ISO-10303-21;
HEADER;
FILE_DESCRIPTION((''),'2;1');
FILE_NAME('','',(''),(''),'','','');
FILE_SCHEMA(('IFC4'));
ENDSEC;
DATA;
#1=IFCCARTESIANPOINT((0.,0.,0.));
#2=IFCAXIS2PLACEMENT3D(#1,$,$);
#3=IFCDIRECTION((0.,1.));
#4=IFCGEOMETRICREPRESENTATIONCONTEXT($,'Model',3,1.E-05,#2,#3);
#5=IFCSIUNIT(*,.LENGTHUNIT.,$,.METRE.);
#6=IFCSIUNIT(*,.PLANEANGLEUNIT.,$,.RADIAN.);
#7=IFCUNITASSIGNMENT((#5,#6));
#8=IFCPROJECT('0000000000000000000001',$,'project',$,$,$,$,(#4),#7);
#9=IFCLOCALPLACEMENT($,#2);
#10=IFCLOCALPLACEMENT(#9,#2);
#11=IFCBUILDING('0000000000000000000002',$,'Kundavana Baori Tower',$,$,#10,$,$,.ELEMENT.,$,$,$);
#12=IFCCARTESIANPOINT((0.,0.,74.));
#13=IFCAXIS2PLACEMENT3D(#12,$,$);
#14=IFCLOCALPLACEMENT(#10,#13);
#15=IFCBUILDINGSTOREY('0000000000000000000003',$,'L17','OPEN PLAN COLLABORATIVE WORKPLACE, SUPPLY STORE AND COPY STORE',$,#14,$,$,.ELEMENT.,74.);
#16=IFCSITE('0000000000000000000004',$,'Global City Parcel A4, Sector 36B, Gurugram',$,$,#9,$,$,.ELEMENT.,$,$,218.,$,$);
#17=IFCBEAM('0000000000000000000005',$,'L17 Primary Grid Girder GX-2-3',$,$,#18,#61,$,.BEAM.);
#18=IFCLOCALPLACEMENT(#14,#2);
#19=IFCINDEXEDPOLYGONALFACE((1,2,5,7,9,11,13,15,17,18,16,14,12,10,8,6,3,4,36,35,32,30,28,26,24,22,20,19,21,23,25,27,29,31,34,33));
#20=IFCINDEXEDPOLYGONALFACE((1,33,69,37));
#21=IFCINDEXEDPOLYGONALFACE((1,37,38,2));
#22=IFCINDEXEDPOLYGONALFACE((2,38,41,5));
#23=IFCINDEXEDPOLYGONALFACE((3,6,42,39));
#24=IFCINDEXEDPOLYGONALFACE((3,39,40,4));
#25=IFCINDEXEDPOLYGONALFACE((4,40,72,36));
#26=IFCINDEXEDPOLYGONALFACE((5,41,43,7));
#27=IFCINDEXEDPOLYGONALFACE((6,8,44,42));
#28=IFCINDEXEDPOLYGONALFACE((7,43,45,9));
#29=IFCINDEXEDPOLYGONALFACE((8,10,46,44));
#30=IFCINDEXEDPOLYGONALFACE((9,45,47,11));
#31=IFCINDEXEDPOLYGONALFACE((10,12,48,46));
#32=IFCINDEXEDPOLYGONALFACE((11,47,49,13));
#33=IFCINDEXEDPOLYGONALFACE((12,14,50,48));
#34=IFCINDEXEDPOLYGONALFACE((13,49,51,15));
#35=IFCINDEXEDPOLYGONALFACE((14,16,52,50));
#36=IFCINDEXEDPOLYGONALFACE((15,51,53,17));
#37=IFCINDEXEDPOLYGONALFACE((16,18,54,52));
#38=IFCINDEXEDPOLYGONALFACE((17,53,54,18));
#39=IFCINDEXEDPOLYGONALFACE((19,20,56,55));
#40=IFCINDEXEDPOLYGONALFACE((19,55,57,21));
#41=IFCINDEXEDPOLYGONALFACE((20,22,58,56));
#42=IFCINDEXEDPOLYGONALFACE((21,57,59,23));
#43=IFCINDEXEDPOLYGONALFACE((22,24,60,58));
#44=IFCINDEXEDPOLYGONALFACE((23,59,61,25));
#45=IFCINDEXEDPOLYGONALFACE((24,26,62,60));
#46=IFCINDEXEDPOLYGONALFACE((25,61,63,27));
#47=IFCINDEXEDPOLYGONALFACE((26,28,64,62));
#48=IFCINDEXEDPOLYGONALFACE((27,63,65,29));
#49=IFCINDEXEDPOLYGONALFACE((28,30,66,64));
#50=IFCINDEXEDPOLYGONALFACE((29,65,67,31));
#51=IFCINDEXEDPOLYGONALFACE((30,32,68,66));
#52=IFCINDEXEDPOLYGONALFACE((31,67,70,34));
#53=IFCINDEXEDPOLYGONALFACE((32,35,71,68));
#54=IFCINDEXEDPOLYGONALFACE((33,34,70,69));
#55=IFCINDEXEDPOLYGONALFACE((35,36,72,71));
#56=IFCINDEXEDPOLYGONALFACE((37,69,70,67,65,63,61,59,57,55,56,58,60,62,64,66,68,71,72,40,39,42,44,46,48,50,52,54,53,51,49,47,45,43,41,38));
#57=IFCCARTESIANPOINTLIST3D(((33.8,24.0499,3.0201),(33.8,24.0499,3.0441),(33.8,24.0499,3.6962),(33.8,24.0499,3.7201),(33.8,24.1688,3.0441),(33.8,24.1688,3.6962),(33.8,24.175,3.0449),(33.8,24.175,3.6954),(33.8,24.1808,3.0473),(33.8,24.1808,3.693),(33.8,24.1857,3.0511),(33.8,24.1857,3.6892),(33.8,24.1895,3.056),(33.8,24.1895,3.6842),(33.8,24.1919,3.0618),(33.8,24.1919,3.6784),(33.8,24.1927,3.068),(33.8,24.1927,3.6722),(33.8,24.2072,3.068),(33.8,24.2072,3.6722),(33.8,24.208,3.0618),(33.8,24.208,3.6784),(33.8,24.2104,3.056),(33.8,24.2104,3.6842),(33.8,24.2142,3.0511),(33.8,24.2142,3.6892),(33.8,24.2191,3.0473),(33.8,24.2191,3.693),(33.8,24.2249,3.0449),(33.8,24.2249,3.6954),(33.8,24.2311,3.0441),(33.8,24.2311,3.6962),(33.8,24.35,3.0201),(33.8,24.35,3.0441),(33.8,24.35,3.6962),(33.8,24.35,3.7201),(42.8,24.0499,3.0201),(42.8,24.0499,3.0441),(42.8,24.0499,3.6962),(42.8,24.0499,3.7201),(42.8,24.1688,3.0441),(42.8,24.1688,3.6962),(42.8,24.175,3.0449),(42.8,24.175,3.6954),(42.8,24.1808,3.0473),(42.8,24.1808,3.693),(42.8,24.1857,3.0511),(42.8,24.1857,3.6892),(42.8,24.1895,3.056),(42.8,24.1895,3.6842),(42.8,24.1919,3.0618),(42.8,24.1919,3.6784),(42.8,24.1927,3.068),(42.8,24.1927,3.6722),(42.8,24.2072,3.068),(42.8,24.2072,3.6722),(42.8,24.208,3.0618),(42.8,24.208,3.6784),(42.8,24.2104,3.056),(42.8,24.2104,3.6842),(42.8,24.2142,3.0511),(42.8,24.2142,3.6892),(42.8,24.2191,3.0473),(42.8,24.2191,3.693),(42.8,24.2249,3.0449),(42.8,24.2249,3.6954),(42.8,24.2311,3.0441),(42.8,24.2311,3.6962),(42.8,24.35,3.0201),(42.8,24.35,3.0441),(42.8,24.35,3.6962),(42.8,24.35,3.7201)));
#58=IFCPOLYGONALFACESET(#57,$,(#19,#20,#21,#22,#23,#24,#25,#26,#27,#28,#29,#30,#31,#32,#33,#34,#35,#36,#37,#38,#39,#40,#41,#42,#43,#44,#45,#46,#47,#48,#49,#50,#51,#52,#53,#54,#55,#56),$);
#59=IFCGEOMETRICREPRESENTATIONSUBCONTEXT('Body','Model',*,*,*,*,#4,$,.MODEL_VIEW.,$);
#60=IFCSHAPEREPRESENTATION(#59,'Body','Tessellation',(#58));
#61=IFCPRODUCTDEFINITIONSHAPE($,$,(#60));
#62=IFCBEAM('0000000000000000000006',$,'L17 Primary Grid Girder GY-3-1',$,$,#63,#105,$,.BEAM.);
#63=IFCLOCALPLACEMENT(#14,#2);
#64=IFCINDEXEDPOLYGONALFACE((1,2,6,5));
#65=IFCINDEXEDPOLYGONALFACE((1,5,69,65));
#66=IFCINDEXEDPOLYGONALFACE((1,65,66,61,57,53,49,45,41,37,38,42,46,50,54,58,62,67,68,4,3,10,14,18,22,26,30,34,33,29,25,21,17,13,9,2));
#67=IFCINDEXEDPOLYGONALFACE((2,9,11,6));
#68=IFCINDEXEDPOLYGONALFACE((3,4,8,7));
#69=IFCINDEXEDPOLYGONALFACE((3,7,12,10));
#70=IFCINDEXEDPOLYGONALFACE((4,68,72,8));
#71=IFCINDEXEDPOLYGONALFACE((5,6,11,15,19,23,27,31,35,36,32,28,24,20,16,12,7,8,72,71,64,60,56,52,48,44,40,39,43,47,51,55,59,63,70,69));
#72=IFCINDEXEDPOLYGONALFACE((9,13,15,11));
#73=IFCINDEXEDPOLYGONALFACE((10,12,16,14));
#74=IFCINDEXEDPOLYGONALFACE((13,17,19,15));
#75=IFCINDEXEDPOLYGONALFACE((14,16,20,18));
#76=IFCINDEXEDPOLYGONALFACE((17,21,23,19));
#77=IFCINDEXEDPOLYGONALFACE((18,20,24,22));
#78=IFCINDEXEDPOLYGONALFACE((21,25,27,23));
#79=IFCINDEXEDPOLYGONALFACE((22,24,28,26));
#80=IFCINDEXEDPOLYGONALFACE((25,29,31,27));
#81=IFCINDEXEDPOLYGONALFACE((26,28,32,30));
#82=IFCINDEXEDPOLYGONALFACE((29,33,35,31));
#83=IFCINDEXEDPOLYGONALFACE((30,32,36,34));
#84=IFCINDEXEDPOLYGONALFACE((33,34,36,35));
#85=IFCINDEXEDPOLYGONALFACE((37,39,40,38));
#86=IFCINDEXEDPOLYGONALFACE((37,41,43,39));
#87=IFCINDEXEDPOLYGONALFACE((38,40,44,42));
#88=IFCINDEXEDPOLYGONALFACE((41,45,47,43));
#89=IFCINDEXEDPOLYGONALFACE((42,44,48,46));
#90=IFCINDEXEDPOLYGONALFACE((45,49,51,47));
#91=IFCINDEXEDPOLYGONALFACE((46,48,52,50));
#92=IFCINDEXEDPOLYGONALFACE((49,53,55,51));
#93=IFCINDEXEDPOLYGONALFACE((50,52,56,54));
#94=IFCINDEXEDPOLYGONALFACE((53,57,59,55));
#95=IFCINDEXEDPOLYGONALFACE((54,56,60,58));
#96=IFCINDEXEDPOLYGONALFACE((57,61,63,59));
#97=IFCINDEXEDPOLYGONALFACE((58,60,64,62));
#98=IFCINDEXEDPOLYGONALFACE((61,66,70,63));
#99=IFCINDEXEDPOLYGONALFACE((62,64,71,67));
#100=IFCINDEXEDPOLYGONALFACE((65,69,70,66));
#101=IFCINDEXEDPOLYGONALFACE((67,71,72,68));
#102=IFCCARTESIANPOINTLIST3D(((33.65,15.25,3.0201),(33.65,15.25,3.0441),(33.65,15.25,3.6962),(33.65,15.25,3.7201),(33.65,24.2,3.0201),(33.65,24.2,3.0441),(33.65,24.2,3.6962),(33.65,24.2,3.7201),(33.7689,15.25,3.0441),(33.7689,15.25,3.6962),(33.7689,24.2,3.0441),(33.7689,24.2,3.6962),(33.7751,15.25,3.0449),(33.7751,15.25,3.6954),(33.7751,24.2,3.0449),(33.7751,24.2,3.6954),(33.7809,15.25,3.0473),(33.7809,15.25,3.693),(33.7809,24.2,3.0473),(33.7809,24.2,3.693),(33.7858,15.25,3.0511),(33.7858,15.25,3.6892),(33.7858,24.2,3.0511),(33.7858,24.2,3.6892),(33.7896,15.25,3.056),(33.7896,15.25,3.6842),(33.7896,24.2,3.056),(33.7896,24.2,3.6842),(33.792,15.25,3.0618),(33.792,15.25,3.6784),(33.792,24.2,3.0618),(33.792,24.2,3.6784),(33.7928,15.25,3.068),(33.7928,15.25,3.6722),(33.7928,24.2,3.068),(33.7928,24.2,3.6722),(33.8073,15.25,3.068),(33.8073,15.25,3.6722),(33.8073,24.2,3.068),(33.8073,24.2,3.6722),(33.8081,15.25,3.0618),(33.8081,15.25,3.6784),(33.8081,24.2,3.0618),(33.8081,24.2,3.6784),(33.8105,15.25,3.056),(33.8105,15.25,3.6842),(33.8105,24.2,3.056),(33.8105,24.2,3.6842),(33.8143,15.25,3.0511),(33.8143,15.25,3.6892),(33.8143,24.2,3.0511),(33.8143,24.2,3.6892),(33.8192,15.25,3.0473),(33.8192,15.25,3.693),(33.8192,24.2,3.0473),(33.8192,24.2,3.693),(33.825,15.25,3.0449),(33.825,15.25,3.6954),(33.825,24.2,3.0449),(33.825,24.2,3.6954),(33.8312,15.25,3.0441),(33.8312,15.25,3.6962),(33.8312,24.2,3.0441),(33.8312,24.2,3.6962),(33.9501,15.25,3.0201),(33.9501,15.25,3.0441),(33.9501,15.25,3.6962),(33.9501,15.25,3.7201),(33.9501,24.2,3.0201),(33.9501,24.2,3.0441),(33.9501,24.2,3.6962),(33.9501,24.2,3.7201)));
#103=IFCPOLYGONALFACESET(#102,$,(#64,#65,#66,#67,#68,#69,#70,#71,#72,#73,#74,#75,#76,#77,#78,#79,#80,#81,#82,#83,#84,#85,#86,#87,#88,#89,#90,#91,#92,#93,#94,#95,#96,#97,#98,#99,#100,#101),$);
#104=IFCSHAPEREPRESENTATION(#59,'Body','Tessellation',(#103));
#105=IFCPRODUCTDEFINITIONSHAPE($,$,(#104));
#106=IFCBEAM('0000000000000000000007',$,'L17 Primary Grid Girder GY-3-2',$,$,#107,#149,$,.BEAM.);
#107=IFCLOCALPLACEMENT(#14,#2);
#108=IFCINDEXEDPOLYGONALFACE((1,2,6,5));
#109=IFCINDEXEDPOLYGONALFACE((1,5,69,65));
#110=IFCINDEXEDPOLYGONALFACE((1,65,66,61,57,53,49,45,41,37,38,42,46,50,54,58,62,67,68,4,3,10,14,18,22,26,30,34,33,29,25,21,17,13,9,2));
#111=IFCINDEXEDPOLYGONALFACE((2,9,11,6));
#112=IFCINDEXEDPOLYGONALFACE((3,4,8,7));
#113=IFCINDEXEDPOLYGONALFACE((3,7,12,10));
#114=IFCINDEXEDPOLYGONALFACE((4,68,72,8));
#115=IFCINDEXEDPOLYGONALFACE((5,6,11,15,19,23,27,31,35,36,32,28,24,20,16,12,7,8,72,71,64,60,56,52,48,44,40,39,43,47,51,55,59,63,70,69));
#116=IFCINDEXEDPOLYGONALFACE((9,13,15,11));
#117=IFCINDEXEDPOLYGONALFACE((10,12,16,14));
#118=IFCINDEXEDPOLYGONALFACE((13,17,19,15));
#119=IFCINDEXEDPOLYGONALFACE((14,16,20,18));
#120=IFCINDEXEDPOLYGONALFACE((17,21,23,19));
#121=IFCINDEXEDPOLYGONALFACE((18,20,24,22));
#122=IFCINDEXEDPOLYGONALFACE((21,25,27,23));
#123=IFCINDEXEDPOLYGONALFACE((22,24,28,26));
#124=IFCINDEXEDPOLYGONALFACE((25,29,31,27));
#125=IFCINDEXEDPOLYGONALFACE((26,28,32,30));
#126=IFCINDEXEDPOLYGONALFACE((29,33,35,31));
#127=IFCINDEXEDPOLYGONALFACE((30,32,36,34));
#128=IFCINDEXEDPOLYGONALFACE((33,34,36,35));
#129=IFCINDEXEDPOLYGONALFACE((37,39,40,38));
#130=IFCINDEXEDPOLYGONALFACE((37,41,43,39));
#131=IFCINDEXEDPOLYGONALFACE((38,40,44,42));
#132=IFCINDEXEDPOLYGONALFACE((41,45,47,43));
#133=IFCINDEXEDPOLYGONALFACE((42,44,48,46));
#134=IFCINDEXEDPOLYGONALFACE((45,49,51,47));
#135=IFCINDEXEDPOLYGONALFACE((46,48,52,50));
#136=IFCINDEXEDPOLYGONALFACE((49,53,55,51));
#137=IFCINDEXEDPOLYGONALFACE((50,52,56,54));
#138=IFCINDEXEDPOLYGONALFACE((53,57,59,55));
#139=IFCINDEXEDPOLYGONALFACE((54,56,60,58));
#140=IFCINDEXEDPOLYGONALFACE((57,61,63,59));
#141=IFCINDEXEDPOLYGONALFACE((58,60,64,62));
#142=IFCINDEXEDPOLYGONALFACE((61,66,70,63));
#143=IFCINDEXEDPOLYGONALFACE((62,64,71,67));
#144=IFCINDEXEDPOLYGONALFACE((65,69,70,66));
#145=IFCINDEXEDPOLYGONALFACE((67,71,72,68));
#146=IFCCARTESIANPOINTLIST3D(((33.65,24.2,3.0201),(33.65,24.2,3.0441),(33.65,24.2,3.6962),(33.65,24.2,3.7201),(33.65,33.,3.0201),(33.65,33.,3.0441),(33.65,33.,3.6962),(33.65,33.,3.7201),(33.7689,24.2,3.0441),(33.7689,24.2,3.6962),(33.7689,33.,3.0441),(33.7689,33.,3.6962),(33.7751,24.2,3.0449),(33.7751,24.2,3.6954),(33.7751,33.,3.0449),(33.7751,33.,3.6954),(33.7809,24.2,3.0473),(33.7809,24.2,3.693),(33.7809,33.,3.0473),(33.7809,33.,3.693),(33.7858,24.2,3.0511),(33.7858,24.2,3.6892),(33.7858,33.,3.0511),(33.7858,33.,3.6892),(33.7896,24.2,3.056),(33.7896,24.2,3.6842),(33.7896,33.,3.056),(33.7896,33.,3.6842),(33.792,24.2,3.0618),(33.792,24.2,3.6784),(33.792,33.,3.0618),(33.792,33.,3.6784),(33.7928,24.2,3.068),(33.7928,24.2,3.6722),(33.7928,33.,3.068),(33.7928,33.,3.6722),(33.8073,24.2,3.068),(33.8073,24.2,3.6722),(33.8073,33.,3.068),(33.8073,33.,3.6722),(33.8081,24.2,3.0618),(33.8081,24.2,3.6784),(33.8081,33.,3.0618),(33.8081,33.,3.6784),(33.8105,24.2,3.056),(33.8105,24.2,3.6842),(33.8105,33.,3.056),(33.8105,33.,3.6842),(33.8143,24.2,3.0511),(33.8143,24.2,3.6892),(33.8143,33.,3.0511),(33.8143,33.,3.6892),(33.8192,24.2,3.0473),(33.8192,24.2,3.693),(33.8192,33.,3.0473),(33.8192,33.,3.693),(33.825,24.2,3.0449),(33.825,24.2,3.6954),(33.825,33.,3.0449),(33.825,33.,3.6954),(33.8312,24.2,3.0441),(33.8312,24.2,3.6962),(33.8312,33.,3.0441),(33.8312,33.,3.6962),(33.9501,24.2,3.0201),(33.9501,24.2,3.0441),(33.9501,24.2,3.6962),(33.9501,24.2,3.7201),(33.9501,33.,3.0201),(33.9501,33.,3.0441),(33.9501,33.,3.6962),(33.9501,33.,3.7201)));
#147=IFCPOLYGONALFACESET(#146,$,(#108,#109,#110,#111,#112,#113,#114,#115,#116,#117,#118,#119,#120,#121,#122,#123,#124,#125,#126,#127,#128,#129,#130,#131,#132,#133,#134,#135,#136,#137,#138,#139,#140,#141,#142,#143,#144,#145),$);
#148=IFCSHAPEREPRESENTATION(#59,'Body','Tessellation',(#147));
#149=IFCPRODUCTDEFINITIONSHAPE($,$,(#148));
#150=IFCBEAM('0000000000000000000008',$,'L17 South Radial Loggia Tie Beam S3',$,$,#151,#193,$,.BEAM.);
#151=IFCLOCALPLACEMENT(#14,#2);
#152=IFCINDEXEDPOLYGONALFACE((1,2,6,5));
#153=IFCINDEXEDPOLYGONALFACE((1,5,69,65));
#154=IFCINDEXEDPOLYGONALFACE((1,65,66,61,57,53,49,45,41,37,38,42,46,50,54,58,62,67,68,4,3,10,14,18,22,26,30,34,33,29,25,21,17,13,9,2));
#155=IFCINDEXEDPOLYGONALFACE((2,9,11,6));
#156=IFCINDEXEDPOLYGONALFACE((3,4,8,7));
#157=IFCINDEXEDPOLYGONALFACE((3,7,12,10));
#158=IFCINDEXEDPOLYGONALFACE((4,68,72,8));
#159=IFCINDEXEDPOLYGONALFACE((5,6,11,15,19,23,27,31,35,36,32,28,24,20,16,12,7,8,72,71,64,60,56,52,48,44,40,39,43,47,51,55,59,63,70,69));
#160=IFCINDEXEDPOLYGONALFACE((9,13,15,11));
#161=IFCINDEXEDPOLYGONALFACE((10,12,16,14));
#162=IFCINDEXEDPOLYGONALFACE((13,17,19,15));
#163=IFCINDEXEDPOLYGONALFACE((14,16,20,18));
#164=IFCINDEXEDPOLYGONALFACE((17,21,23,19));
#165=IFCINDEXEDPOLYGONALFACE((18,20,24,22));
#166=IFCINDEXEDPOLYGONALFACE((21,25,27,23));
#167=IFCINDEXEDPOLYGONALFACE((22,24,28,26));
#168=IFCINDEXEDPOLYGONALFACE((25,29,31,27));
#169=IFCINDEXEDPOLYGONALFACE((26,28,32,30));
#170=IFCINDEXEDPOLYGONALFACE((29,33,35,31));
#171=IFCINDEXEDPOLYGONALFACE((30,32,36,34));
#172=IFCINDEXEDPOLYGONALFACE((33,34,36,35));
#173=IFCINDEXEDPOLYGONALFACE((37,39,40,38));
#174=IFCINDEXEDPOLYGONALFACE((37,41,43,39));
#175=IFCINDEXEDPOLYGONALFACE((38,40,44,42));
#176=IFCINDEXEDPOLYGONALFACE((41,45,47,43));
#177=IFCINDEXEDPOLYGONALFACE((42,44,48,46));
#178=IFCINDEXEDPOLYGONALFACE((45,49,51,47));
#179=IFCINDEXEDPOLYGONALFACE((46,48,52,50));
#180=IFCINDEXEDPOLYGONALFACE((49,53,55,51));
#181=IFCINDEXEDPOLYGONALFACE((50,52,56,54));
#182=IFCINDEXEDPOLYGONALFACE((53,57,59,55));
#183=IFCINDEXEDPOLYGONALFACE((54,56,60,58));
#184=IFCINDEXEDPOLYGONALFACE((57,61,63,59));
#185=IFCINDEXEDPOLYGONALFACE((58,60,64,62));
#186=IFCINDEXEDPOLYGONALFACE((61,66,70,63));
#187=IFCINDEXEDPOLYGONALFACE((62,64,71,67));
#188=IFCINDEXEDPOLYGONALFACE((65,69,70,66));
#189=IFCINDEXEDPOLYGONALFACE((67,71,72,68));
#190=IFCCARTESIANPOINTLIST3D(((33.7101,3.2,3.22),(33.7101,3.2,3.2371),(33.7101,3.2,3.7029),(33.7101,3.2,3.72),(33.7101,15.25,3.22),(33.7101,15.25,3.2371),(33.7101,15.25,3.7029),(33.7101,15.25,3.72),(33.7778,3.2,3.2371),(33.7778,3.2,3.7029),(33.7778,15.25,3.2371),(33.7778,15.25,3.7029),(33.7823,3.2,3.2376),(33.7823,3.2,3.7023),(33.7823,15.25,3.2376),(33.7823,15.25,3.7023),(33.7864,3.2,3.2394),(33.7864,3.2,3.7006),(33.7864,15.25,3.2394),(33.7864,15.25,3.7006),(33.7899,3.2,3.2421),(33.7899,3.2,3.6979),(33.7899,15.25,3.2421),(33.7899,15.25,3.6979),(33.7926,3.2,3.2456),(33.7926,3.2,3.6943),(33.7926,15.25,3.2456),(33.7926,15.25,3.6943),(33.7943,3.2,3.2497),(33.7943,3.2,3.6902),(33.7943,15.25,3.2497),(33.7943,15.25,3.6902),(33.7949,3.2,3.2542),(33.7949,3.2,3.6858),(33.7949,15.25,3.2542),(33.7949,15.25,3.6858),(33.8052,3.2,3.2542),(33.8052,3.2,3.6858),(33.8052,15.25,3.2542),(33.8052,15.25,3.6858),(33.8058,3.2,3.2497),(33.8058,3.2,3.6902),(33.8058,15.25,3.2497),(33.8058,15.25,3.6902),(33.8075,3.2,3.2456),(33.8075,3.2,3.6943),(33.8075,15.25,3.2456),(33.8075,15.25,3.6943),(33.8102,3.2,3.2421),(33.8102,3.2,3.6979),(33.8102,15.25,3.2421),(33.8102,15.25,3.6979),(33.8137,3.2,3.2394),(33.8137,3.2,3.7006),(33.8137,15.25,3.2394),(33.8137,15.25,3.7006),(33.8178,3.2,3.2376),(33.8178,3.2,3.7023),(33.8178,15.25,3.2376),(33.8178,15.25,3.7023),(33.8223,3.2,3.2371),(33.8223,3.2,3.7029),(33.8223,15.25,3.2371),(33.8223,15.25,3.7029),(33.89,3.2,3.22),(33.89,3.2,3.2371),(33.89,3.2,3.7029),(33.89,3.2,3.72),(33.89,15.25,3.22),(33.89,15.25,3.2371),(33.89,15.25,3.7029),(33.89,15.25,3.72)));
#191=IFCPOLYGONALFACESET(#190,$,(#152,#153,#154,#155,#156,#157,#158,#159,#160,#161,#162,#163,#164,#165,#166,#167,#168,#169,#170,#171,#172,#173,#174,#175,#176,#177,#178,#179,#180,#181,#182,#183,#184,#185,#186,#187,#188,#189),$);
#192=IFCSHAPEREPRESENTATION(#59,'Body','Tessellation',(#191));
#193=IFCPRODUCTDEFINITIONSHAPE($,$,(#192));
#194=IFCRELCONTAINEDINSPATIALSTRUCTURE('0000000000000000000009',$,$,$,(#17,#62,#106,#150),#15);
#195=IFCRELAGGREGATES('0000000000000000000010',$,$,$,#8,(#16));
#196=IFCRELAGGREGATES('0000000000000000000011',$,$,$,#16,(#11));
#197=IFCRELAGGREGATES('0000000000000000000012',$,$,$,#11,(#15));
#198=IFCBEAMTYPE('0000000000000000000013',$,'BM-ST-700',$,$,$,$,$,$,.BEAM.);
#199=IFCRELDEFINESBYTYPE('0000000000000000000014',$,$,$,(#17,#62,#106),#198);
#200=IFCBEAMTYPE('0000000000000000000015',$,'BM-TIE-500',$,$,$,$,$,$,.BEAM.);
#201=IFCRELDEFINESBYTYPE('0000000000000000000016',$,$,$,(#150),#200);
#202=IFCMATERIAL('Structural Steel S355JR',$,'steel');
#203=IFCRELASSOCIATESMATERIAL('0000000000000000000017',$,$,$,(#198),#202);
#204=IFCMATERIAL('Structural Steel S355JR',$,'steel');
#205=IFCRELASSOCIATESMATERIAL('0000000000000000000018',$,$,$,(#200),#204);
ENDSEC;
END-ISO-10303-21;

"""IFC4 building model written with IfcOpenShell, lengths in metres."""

from ifc_helpers import new_model, si_unit, direction, frame, origin, origin_2d, place, context, subcontext, project, spatial, i_section, extrude, material, material_profile, profile_set, type_object, element, save


model = new_model("IFC4")

# Units and contexts
model_context = context("Model", 3, precision=1e-05, world=origin(), true_north=direction((0.0, 1.0)))
body_context = subcontext(model_context, "Body", "Model", "MODEL_VIEW")
ifc_project = project(units=[si_unit("LENGTHUNIT", "METRE"), si_unit("PLANEANGLEUNIT", "RADIAN")], contexts=[model_context])

# Site, building, storey
site_placement = place(None, origin())
site = spatial("IfcSite", under=ifc_project, at=site_placement, Name="Global City Parcel A4, Sector 36B, Gurugram", CompositionType="ELEMENT", RefElevation=218.0)
building_placement = place(site_placement, origin())
building = spatial("IfcBuilding", under=site, at=building_placement, Name="Kundavana Baori Tower", CompositionType="ELEMENT")
storey_placement = place(building_placement, frame((0.0, 0.0, 74.0)))
storey = spatial("IfcBuildingStorey", under=building, at=storey_placement, Name="L17", Description="OPEN PLAN COLLABORATIVE WORKPLACE, SUPPLY STORE AND COPY STORE", CompositionType="ELEMENT", Elevation=74.0)

# Beams
ifc_material_1 = material(Name="Structural Steel S355JR", Category="steel")
ifc_material_profile_1 = material_profile(ifc_material_1, i_section(OverallWidth=0.3, OverallDepth=0.7, WebThickness=0.0144, FlangeThickness=0.0239, FilletRadius=0.0239, at=origin_2d()), Name="NPB 700x300x170")
ifc_profile_set_1 = profile_set([ifc_material_profile_1], Name="Structural Steel S355JR")
beam_type_1 = type_object("IfcBeamType", Name="BM-ST-700", PredefinedType="BEAM", material=ifc_profile_set_1)
beam_1_placement = place(storey_placement, frame((33.8, 24.2, 3.3701), z_axis=(1.0, 0.0, 0.0), x_axis=(0.0, 1.0, 0.0)))
element("IfcBeam", 1, at=beam_1_placement, inside=storey, type_object=beam_type_1, Name="L17 Primary Grid Girder GX-2-3", PredefinedType="BEAM", context=body_context, shape_type="SweptSolid", body=[
    extrude(i_section(OverallWidth=0.3, OverallDepth=0.7, WebThickness=0.0144, FlangeThickness=0.0239, FilletRadius=0.0239, at=origin_2d()), origin(), (0.0, 0.0, 1.0), 9.0),
])
beam_2_placement = place(storey_placement, frame((33.8, 15.25, 3.3701), z_axis=(0.0, 1.0, 0.0), x_axis=(-1.0, 0.0, 0.0)))
element("IfcBeam", 2, at=beam_2_placement, inside=storey, type_object=beam_type_1, Name="L17 Primary Grid Girder GY-3-1", PredefinedType="BEAM", context=body_context, shape_type="SweptSolid", body=[
    extrude(i_section(OverallWidth=0.3, OverallDepth=0.7, WebThickness=0.0144, FlangeThickness=0.0239, FilletRadius=0.0239, at=origin_2d()), origin(), (0.0, 0.0, 1.0), 8.95),
])
beam_3_placement = place(storey_placement, frame((33.8, 24.2, 3.3701), z_axis=(0.0, 1.0, 0.0), x_axis=(-1.0, 0.0, 0.0)))
element("IfcBeam", 3, at=beam_3_placement, inside=storey, type_object=beam_type_1, Name="L17 Primary Grid Girder GY-3-2", PredefinedType="BEAM", context=body_context, shape_type="SweptSolid", body=[
    extrude(i_section(OverallWidth=0.3, OverallDepth=0.7, WebThickness=0.0144, FlangeThickness=0.0239, FilletRadius=0.0239, at=origin_2d()), origin(), (0.0, 0.0, 1.0), 8.8),
])
ifc_material_2 = material(Name="Structural Steel S355JR", Category="steel")
ifc_material_profile_2 = material_profile(ifc_material_2, i_section(OverallWidth=0.1799, OverallDepth=0.5, WebThickness=0.0103, FlangeThickness=0.0171, FilletRadius=0.0171, at=origin_2d()), Name="ISMB 500")
ifc_profile_set_2 = profile_set([ifc_material_profile_2], Name="Structural Steel S355JR")
beam_type_2 = type_object("IfcBeamType", Name="BM-TIE-500", PredefinedType="BEAM", material=ifc_profile_set_2)
beam_4_placement = place(storey_placement, frame((33.8, 15.25, 3.47), z_axis=(0.0, -1.0, 0.0), x_axis=(1.0, 0.0, 0.0)))
element("IfcBeam", 4, at=beam_4_placement, inside=storey, type_object=beam_type_2, Name="L17 South Radial Loggia Tie Beam S3", PredefinedType="BEAM", context=body_context, shape_type="SweptSolid", body=[
    extrude(i_section(OverallWidth=0.1799, OverallDepth=0.5, WebThickness=0.0103, FlangeThickness=0.0171, FilletRadius=0.0171, at=origin_2d()), origin(), (0.0, 0.0, 1.0), 12.05),
])

save(model, "model.ifc")
